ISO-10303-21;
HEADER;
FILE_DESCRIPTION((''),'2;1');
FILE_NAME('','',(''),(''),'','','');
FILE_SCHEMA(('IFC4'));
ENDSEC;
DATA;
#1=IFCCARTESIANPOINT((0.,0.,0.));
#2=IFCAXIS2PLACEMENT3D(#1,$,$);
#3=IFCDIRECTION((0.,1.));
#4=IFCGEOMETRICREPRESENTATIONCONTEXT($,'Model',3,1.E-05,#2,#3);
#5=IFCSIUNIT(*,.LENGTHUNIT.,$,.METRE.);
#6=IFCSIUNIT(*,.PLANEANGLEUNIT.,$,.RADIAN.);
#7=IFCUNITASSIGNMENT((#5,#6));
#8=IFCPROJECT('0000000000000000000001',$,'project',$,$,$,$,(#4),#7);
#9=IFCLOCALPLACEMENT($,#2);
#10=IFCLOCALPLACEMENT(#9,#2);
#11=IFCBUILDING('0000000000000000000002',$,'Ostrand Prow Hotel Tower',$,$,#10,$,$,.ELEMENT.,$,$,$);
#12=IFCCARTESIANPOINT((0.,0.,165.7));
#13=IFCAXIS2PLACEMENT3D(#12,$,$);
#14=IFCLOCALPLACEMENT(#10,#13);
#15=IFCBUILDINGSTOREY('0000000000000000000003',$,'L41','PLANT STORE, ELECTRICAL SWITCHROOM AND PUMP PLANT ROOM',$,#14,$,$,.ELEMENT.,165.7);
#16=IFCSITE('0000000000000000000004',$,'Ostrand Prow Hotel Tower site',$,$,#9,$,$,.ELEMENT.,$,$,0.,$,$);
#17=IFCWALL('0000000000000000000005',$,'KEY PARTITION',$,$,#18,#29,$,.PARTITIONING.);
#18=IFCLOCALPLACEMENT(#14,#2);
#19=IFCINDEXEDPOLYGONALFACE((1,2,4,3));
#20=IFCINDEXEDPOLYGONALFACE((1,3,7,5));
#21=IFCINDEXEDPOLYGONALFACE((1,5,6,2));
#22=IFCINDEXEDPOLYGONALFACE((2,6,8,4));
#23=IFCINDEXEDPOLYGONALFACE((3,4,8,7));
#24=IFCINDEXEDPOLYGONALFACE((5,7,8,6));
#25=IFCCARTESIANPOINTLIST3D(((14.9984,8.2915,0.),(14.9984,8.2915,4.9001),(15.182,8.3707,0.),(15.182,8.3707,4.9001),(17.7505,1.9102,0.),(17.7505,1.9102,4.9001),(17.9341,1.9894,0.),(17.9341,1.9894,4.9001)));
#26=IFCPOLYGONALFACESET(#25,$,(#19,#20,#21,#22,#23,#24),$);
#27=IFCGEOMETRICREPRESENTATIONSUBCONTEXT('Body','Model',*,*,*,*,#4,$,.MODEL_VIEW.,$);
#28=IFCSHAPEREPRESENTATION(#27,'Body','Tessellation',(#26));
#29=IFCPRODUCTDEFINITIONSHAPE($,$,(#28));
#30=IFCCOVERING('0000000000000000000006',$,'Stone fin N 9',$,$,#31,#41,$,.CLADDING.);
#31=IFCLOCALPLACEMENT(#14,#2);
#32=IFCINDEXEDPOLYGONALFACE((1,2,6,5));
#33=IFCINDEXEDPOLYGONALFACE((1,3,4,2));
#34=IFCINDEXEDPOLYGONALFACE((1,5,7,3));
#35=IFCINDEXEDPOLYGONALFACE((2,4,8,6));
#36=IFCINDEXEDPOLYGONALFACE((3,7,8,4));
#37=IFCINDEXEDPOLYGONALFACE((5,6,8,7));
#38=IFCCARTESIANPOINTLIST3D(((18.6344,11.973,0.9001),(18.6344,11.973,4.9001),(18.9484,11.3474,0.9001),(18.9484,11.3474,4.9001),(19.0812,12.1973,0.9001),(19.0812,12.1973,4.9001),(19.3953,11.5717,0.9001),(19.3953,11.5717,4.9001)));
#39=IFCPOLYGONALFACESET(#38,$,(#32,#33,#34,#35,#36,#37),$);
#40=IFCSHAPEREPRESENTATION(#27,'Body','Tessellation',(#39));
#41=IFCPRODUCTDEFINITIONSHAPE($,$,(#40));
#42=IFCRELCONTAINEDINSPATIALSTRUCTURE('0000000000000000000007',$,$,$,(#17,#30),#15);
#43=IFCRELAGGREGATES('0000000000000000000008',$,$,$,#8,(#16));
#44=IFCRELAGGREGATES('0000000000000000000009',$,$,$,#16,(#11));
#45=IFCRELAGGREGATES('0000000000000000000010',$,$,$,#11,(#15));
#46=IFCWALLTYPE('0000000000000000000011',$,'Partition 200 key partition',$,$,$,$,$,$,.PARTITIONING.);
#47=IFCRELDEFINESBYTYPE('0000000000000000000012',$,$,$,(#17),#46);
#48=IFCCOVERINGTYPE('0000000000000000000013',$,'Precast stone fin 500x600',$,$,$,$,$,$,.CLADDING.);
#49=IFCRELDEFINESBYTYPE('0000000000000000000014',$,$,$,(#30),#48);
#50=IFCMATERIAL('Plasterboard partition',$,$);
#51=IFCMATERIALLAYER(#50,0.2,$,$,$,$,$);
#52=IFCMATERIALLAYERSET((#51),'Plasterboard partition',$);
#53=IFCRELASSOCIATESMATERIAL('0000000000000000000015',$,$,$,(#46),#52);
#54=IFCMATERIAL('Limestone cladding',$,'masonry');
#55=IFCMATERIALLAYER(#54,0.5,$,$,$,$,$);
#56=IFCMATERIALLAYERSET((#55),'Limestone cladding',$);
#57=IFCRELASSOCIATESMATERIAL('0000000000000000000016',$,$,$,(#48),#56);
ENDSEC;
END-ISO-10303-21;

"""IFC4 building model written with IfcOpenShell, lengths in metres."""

from ifc_helpers import new_model, si_unit, direction, frame, frame_2d, origin, place, context, subcontext, project, spatial, rectangle, extrude, material, layer, layer_set, type_object, element, save


model = new_model("IFC4")

# Units and contexts
model_context = context("Model", 3, precision=1e-05, world=origin(), true_north=direction((0.0, 1.0)))
body_context = subcontext(model_context, "Body", "Model", "MODEL_VIEW")
ifc_project = project(units=[si_unit("LENGTHUNIT", "METRE"), si_unit("PLANEANGLEUNIT", "RADIAN")], contexts=[model_context])

# Site, building, storey
site_placement = place(None, origin())
site = spatial("IfcSite", under=ifc_project, at=site_placement, Name="Ostrand Prow Hotel Tower site", CompositionType="ELEMENT", RefElevation=0.0)
building_placement = place(site_placement, origin())
building = spatial("IfcBuilding", under=site, at=building_placement, Name="Ostrand Prow Hotel Tower", CompositionType="ELEMENT")
storey_placement = place(building_placement, frame((0.0, 0.0, 165.7)))
storey = spatial("IfcBuildingStorey", under=building, at=storey_placement, Name="L41", Description="PLANT STORE, ELECTRICAL SWITCHROOM AND PUMP PLANT ROOM", CompositionType="ELEMENT", Elevation=165.7)

# Wall
ifc_material_1 = material(Name="Plasterboard partition")
ifc_layer_1 = layer(ifc_material_1, 0.2)
ifc_layer_set_1 = layer_set([ifc_layer_1], Name="Plasterboard partition")
wall_type_1 = type_object("IfcWallType", Name="Partition 200 key partition", PredefinedType="PARTITIONING", material=ifc_layer_set_1)
wall_1_placement = place(storey_placement, frame((17.8423, 1.95, 0.0), z_axis=(0.0, 0.0, 1.0), x_axis=(-0.396025, 0.91824, 0.0)))
element("IfcWall", 1, at=wall_1_placement, inside=storey, type_object=wall_type_1, Name="KEY PARTITION", PredefinedType="PARTITIONING", context=body_context, shape_type="SweptSolid", body=[
    extrude(rectangle(XDim=6.9495, YDim=0.2, at=frame_2d((3.4746, 0.0))), origin(), (0.0, 0.0, 1.0), 4.9001),
])

# Covering
ifc_material_2 = material(Name="Limestone cladding", Category="masonry")
ifc_layer_2 = layer(ifc_material_2, 0.5)
ifc_layer_set_2 = layer_set([ifc_layer_2], Name="Limestone cladding")
covering_type = type_object("IfcCoveringType", Name="Precast stone fin 500x600", PredefinedType="CLADDING", material=ifc_layer_set_2)
covering_placement = place(storey_placement, frame((19.1719, 11.4595, 0.9001), z_axis=(0.0, 0.0, 1.0), x_axis=(-0.448608, 0.893728, 0.0)))
element("IfcCovering", 2, at=covering_placement, inside=storey, type_object=covering_type, Name="Stone fin N 9", PredefinedType="CLADDING", context=body_context, shape_type="SweptSolid", body=[
    extrude(rectangle(XDim=0.7, YDim=0.5, at=frame_2d((0.3501, 0.0))), origin(), (0.0, 0.0, 1.0), 4.0),
])

save(model, "model.ifc")
